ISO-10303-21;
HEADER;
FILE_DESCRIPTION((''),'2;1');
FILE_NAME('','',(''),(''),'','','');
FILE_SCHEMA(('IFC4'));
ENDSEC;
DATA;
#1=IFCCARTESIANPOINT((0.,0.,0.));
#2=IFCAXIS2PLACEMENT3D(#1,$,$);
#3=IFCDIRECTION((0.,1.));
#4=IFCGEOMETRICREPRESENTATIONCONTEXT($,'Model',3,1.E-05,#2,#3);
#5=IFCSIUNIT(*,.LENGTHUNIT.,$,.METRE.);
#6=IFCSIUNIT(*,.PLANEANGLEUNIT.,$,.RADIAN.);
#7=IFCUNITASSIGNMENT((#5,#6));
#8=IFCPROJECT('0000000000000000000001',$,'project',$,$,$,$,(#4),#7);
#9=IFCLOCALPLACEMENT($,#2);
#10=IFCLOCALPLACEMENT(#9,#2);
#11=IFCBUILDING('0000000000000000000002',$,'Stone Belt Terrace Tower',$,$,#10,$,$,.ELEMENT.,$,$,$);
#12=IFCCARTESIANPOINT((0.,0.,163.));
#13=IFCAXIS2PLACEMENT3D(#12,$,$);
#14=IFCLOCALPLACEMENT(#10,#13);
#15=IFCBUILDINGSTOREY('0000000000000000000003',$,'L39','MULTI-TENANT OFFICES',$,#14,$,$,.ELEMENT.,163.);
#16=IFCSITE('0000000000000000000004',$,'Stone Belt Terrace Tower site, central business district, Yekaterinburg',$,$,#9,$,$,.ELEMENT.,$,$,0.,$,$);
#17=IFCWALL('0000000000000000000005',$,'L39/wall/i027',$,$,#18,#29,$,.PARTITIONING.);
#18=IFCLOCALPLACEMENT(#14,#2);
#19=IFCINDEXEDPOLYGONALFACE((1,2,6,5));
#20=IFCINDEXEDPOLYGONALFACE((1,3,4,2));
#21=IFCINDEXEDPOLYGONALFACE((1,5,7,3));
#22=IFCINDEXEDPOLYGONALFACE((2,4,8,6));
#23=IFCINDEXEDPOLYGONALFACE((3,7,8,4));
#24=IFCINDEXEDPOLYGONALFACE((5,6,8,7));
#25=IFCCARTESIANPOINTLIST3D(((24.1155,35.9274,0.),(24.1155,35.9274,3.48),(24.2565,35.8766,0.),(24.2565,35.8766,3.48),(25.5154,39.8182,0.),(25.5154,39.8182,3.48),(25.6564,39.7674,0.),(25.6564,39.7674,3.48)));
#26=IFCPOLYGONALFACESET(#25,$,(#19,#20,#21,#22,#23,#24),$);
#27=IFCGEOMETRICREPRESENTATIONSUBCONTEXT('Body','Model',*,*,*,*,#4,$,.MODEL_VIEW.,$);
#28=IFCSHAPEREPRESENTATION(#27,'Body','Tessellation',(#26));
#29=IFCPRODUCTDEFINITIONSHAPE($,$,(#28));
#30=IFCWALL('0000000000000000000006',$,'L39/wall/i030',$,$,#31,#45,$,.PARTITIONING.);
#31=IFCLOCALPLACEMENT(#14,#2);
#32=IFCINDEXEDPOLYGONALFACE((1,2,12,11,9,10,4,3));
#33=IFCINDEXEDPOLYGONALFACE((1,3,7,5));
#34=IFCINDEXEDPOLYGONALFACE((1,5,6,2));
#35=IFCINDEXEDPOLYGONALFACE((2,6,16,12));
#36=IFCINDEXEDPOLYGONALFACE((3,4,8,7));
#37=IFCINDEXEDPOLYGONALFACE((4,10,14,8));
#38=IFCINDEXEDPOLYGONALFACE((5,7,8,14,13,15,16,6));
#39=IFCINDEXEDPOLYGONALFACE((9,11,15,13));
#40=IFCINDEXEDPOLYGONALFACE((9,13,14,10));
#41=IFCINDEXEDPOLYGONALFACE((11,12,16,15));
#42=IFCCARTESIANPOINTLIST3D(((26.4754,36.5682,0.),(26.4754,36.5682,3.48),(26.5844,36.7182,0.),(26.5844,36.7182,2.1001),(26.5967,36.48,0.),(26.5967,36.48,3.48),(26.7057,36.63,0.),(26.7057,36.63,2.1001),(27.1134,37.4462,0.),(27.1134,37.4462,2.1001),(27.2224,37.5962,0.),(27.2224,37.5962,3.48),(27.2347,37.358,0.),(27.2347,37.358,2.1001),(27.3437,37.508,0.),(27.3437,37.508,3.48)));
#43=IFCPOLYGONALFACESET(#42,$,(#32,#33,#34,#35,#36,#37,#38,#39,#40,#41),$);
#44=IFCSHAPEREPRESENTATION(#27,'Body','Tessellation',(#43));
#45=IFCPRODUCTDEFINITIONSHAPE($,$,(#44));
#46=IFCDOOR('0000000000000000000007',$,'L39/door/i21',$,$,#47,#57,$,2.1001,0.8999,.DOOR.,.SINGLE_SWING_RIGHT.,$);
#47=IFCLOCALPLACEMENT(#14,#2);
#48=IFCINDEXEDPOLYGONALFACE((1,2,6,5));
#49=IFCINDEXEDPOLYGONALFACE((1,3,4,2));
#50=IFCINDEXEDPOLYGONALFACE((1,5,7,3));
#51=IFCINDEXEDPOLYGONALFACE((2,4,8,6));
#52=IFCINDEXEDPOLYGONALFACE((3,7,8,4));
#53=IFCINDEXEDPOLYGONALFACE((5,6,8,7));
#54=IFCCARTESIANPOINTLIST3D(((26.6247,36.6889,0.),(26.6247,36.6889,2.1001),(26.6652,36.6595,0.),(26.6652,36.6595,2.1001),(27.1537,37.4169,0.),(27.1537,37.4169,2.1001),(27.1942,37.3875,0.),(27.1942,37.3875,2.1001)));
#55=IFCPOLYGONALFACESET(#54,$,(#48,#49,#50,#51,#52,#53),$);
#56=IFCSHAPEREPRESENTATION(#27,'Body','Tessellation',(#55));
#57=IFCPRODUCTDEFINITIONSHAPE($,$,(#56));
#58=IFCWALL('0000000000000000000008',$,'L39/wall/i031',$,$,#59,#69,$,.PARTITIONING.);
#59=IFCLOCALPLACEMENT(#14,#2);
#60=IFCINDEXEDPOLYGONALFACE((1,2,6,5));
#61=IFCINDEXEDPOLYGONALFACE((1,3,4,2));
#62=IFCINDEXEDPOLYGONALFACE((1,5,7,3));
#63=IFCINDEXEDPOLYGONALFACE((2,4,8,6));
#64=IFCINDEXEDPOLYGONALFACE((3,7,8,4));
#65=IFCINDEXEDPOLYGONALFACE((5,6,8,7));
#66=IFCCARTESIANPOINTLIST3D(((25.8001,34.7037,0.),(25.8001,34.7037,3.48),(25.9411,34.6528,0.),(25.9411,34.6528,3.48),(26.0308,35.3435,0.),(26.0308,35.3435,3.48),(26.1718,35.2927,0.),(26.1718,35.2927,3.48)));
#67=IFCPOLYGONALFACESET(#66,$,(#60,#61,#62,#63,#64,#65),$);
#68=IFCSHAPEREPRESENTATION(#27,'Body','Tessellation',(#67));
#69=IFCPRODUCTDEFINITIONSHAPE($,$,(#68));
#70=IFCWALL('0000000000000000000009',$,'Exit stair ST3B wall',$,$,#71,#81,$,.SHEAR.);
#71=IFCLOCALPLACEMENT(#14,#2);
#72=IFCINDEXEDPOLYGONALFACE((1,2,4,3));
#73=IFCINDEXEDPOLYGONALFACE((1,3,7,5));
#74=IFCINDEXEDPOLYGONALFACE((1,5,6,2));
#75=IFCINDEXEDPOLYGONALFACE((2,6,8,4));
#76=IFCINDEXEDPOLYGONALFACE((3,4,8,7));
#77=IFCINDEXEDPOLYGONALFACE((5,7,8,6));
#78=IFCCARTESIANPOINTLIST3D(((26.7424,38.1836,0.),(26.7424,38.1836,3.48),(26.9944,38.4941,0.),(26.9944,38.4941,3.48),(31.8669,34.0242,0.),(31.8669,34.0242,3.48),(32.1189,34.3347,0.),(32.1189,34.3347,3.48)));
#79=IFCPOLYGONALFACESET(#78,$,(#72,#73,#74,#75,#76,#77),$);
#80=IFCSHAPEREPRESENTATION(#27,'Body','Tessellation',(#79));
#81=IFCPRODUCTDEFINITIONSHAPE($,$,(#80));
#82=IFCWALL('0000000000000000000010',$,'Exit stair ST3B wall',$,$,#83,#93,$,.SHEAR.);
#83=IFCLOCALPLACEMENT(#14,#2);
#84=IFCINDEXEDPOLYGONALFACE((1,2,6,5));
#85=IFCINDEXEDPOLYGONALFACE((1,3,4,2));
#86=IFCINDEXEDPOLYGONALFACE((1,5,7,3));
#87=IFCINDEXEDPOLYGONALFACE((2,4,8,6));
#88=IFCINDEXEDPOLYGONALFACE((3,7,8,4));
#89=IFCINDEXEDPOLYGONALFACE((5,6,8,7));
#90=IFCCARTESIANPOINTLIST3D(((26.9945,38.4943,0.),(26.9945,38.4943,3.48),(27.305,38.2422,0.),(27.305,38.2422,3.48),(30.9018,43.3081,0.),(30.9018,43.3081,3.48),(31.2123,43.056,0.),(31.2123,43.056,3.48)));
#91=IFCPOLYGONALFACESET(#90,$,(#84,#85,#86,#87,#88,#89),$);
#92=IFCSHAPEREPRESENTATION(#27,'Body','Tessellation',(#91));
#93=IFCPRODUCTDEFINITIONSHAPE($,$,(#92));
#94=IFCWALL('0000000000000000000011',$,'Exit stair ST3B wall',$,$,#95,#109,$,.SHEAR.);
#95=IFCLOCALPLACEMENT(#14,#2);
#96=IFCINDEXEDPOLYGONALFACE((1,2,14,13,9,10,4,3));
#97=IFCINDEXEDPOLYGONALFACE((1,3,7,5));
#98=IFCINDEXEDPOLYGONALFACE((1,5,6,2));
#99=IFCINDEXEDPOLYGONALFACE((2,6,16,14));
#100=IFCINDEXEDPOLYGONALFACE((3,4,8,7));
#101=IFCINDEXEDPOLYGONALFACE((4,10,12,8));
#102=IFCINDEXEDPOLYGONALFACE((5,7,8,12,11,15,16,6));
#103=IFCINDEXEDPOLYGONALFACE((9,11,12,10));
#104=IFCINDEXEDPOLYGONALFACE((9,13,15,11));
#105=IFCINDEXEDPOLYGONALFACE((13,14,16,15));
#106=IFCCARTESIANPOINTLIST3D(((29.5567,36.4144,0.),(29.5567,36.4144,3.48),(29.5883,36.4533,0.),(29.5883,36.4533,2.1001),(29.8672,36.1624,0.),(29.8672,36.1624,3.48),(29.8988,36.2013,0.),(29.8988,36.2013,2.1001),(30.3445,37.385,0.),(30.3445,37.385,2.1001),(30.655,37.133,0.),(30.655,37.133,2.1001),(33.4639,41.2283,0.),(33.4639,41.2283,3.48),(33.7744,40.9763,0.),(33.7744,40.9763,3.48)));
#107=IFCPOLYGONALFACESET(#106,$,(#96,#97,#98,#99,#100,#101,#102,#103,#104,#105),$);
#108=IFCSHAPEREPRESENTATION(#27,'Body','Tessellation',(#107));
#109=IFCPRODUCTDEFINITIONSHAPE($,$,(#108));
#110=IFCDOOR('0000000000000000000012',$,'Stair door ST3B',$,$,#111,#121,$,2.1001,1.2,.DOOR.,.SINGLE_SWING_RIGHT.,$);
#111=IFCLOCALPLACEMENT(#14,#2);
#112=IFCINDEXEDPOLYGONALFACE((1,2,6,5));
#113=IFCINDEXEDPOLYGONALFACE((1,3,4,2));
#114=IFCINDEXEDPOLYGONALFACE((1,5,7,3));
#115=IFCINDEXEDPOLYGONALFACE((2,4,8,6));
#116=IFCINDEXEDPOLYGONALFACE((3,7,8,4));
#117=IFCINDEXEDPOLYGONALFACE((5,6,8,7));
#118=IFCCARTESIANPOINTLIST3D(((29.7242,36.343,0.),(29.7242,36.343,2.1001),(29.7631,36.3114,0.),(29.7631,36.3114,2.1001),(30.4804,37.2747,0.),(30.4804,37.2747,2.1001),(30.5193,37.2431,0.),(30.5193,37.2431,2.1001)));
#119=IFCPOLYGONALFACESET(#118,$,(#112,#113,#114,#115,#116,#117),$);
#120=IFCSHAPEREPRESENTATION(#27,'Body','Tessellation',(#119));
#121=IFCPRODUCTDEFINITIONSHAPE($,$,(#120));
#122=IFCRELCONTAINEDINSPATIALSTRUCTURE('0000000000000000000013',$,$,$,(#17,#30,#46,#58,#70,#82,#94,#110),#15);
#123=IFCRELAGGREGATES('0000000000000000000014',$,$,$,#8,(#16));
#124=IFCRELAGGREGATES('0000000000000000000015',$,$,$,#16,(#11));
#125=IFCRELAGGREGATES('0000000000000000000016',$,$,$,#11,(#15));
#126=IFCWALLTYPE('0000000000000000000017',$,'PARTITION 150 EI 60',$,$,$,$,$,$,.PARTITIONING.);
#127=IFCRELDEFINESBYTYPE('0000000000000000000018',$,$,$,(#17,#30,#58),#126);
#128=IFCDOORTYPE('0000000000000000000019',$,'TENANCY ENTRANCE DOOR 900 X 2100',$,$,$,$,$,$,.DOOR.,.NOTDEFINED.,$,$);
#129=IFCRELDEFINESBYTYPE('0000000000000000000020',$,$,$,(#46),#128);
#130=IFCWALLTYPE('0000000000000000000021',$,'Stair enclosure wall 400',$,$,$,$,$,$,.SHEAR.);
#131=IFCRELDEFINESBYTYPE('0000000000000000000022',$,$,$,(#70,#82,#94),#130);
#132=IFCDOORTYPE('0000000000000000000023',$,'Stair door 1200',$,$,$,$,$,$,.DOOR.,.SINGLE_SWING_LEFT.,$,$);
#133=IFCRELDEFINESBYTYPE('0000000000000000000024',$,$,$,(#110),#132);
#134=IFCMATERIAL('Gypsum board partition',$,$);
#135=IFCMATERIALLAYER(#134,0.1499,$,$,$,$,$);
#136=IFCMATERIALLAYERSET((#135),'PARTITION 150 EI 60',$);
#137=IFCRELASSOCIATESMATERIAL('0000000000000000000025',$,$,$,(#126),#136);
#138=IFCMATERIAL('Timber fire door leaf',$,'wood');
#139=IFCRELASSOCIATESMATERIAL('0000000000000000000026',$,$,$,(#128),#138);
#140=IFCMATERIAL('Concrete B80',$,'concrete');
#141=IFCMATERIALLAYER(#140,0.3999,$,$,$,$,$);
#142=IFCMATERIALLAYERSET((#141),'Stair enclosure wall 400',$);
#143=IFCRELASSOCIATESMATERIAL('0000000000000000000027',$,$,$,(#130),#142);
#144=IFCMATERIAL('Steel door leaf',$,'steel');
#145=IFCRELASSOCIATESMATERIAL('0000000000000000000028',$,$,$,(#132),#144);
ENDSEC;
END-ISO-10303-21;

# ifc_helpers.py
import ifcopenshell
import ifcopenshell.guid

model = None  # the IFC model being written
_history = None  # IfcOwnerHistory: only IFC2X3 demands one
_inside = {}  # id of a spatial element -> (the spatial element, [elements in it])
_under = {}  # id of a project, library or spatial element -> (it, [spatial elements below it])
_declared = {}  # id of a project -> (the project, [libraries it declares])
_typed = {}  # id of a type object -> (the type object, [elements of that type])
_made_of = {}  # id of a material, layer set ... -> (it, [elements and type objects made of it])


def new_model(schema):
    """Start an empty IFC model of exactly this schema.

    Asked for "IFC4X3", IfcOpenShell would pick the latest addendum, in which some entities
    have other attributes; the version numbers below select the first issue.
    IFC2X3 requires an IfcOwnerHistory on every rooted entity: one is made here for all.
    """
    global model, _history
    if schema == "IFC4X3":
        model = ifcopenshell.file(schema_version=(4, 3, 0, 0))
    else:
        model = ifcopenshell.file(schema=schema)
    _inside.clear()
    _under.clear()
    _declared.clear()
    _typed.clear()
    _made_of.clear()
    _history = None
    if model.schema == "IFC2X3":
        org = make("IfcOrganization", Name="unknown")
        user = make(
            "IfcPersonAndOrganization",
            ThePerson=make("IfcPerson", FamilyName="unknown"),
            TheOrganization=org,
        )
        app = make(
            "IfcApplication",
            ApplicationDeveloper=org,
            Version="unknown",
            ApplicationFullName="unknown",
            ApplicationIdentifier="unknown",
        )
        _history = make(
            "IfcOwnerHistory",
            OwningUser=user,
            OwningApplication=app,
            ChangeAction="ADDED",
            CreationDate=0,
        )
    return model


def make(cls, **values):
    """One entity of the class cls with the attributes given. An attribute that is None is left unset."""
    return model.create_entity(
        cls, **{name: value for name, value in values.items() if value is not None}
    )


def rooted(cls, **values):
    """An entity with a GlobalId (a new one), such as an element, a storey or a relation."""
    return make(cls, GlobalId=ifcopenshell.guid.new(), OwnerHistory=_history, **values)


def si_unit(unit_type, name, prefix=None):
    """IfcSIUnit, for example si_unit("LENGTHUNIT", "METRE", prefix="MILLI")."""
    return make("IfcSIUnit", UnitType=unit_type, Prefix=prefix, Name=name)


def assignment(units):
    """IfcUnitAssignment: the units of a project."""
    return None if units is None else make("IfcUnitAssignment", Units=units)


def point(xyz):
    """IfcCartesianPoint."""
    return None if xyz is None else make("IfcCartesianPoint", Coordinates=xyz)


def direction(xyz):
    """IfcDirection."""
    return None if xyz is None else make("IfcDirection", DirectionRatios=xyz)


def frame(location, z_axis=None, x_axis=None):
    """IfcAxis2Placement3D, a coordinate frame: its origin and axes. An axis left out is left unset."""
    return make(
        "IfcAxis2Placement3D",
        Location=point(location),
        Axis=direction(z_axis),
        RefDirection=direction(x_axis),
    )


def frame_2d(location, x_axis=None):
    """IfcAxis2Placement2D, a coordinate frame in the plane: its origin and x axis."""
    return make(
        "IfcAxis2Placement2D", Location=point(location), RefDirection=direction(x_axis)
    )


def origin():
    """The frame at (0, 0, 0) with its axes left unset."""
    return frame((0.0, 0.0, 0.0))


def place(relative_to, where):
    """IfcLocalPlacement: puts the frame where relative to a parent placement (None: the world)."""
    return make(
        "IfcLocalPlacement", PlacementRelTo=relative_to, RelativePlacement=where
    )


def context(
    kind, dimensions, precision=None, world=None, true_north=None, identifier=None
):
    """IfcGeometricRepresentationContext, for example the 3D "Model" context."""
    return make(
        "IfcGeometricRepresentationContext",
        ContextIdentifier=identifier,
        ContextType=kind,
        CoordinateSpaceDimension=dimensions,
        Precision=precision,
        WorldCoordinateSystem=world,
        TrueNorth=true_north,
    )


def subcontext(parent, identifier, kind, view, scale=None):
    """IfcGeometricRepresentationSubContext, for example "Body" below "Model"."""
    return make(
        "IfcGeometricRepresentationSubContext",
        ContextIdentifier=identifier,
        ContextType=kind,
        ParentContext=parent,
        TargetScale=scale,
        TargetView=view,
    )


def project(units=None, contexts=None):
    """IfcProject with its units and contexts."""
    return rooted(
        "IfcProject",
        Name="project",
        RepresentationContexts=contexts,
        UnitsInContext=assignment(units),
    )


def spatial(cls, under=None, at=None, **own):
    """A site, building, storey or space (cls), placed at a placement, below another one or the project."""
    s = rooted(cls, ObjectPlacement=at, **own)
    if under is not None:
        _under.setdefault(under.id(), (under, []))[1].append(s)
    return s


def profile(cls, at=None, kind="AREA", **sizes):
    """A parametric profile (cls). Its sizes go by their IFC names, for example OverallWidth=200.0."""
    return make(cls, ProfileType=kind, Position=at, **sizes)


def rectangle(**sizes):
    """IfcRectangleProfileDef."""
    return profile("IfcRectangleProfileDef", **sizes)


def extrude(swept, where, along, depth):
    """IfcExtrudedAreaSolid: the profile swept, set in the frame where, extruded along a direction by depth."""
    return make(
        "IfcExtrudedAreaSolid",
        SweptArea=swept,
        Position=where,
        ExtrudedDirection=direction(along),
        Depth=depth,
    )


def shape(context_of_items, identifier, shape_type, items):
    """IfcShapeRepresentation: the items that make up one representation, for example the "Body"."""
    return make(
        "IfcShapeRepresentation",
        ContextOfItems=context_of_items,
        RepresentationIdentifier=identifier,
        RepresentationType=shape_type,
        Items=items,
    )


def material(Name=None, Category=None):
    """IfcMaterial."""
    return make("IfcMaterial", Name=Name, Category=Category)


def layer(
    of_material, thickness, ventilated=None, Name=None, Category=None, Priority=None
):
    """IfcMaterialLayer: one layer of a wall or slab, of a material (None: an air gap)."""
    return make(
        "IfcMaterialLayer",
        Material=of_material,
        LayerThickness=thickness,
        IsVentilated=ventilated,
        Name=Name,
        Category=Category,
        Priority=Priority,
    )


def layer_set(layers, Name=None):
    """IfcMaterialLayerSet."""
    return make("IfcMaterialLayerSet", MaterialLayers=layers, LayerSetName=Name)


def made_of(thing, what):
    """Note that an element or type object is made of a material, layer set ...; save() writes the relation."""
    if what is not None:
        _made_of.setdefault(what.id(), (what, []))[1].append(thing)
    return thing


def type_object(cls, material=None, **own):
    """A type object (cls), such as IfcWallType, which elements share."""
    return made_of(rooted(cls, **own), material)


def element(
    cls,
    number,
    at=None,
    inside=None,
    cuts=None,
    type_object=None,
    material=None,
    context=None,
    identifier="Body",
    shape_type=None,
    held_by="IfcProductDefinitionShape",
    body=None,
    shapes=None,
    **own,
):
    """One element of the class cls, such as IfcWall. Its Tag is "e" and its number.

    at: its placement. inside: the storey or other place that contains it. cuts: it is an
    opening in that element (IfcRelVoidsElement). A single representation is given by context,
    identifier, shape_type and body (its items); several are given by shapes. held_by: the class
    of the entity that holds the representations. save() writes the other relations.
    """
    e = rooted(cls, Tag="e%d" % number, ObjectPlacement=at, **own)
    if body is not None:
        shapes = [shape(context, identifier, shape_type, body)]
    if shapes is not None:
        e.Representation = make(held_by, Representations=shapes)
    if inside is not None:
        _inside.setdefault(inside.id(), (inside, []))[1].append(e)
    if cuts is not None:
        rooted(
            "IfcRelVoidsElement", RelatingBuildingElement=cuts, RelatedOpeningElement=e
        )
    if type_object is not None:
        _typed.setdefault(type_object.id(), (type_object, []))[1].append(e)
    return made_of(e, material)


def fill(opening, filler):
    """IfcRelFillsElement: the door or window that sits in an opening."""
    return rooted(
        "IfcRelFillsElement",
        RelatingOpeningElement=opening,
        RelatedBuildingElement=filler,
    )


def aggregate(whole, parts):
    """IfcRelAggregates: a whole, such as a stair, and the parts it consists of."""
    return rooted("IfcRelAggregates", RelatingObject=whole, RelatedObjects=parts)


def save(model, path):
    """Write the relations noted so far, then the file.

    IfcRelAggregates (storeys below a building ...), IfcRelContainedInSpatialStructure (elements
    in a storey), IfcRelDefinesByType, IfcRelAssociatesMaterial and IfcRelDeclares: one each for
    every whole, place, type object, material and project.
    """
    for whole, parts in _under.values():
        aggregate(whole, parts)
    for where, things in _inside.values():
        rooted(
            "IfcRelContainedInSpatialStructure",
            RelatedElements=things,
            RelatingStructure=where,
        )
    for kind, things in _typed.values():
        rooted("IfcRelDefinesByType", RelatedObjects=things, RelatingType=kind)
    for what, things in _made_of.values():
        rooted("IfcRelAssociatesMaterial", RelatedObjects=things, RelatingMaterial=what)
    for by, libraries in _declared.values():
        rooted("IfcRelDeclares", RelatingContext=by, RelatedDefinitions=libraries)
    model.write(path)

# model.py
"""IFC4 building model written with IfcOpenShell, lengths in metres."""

from ifc_helpers import new_model, si_unit, direction, frame, frame_2d, origin, place, context, subcontext, project, spatial, rectangle, extrude, material, layer, layer_set, type_object, element, fill, save


model = new_model("IFC4")

# Units and contexts
model_context = context("Model", 3, precision=1e-05, world=origin(), true_north=direction((0.0, 1.0)))
body_context = subcontext(model_context, "Body", "Model", "MODEL_VIEW")
ifc_project = project(units=[si_unit("LENGTHUNIT", "METRE"), si_unit("PLANEANGLEUNIT", "RADIAN")], contexts=[model_context])

# Site, building, storey
site_placement = place(None, origin())
site = spatial("IfcSite", under=ifc_project, at=site_placement, Name="Stone Belt Terrace Tower site, central business district, Yekaterinburg", CompositionType="ELEMENT", RefElevation=0.0)
building_placement = place(site_placement, origin())
building = spatial("IfcBuilding", under=site, at=building_placement, Name="Stone Belt Terrace Tower", CompositionType="ELEMENT")
storey_placement = place(building_placement, frame((0.0, 0.0, 163.0)))
storey = spatial("IfcBuildingStorey", under=building, at=storey_placement, Name="L39", Description="MULTI-TENANT OFFICES", CompositionType="ELEMENT", Elevation=163.0)

# Shared definitions
ifc_material_1 = material(Name="Concrete B80", Category="concrete")

# Wall
ifc_material_2 = material(Name="Gypsum board partition")
ifc_layer_1 = layer(ifc_material_2, 0.1499)
ifc_layer_set_1 = layer_set([ifc_layer_1], Name="PARTITION 150 EI 60")
wall_type_1 = type_object("IfcWallType", Name="PARTITION 150 EI 60", PredefinedType="PARTITIONING", material=ifc_layer_set_1)
wall_1_placement = place(storey_placement, frame((24.186, 35.9021, 0.0), z_axis=(0.0, 0.0, 1.0), x_axis=(0.338546, 0.94095, 0.0)))
element("IfcWall", 1, at=wall_1_placement, inside=storey, type_object=wall_type_1, Name="L39/wall/i027", PredefinedType="PARTITIONING", context=body_context, shape_type="SweptSolid", body=[
    extrude(rectangle(XDim=4.135, YDim=0.1499, at=frame_2d((2.0674, 0.0))), origin(), (0.0, 0.0, 1.0), 3.48),
])

# Wall, opening, door
wall_2_placement = place(storey_placement, frame((27.283, 37.552, 0.0), z_axis=(0.0, 0.0, 1.0), x_axis=(-0.587852, -0.808969, 0.0)))
wall_2 = element("IfcWall", 2, at=wall_2_placement, inside=storey, type_object=wall_type_1, Name="L39/wall/i030", PredefinedType="PARTITIONING", context=body_context, shape_type="SweptSolid", body=[
    extrude(rectangle(XDim=1.2708, YDim=0.1499, at=frame_2d((0.6353, 0.0))), origin(), (0.0, 0.0, 1.0), 3.48),
])
opening_1_placement = place(wall_2_placement, frame((0.1853, 0.0, 0.0)))
opening_1 = element("IfcOpeningElement", 3, at=opening_1_placement, cuts=wall_2, PredefinedType="OPENING", context=body_context, shape_type="SweptSolid", body=[
    extrude(rectangle(XDim=0.8999, YDim=2.1001, at=frame_2d((0.45, 1.05))), frame((0.0, 0.085, 0.0), z_axis=(0.0, -1.0, 0.0), x_axis=(1.0, 0.0, 0.0)), (0.0, 0.0, 1.0), 0.1699),
])
ifc_material_3 = material(Name="Timber fire door leaf", Category="wood")
door_type_1 = type_object("IfcDoorType", Name="TENANCY ENTRANCE DOOR 900 X 2100", OperationType="NOTDEFINED", PredefinedType="DOOR", material=ifc_material_3)
door_1_placement = place(opening_1_placement, origin())
door_1 = element("IfcDoor", 4, at=door_1_placement, inside=storey, type_object=door_type_1, Name="L39/door/i21", OperationType="SINGLE_SWING_RIGHT", OverallHeight=2.1001, OverallWidth=0.8999, PredefinedType="DOOR", context=body_context, shape_type="SweptSolid", body=[
    extrude(rectangle(XDim=0.8999, YDim=2.1001, at=frame_2d((0.45, 1.05))), frame((0.0, 0.0249, 0.0), z_axis=(0.0, -1.0, 0.0), x_axis=(1.0, 0.0, 0.0)), (0.0, 0.0, 1.0), 0.05),
])
fill(opening_1, door_1)

# Walls
wall_3_placement = place(storey_placement, frame((26.1013, 35.3181, 0.0), z_axis=(0.0, 0.0, 1.0), x_axis=(-0.339177, -0.940723, 0.0)))
element("IfcWall", 5, at=wall_3_placement, inside=storey, type_object=wall_type_1, Name="L39/wall/i031", PredefinedType="PARTITIONING", context=body_context, shape_type="SweptSolid", body=[
    extrude(rectangle(XDim=0.6802, YDim=0.1499, at=frame_2d((0.3401, 0.0))), origin(), (0.0, 0.0, 1.0), 3.48),
])
ifc_layer_2 = layer(ifc_material_1, 0.3999)
ifc_layer_set_2 = layer_set([ifc_layer_2], Name="Stair enclosure wall 400")
wall_type_2 = type_object("IfcWallType", Name="Stair enclosure wall 400", PredefinedType="SHEAR", material=ifc_layer_set_2)
wall_4_placement = place(storey_placement, frame((26.8684, 38.3389, 0.0), z_axis=(0.0, 0.0, 1.0), x_axis=(0.776428, -0.630205, 0.0)))
element("IfcWall", 6, at=wall_4_placement, inside=storey, type_object=wall_type_2, Name="Exit stair ST3B wall", PredefinedType="SHEAR", context=body_context, shape_type="SweptSolid", body=[
    extrude(rectangle(XDim=6.6001, YDim=0.3999, at=frame_2d((3.3, 0.0))), origin(), (0.0, 0.0, 1.0), 3.48),
])
wall_5_placement = place(storey_placement, frame((27.1497, 38.3682, 0.0), z_axis=(0.0, 0.0, 1.0), x_axis=(0.630212, 0.776423, 0.0)))
element("IfcWall", 7, at=wall_5_placement, inside=storey, type_object=wall_type_2, Name="Exit stair ST3B wall", PredefinedType="SHEAR", context=body_context, shape_type="SweptSolid", body=[
    extrude(rectangle(XDim=6.2, YDim=0.3999, at=frame_2d((3.1001, 0.0))), origin(), (0.0, 0.0, 1.0), 3.48),
])

# Wall, opening, door
wall_6_placement = place(storey_placement, frame((29.7119, 36.2883, 0.0), z_axis=(0.0, 0.0, 1.0), x_axis=(0.630192, 0.776439, 0.0)))
wall_6 = element("IfcWall", 8, at=wall_6_placement, inside=storey, type_object=wall_type_2, Name="Exit stair ST3B wall", PredefinedType="SHEAR", context=body_context, shape_type="SweptSolid", body=[
    extrude(rectangle(XDim=6.2, YDim=0.3999, at=frame_2d((3.1001, 0.0))), origin(), (0.0, 0.0, 1.0), 3.48),
])
opening_2_placement = place(wall_6_placement, frame((0.05, 0.0, 0.0)))
opening_2 = element("IfcOpeningElement", 9, at=opening_2_placement, cuts=wall_6, PredefinedType="OPENING", context=body_context, shape_type="SweptSolid", body=[
    extrude(rectangle(XDim=1.2, YDim=2.1001, at=frame_2d((0.6001, 1.05))), frame((0.0, 0.21, 0.0), z_axis=(0.0, -1.0, 0.0), x_axis=(1.0, 0.0, 0.0)), (0.0, 0.0, 1.0), 0.4199),
])
ifc_material_4 = material(Name="Steel door leaf", Category="steel")
door_type_2 = type_object("IfcDoorType", Name="Stair door 1200", OperationType="SINGLE_SWING_LEFT", PredefinedType="DOOR", material=ifc_material_4)
door_2_placement = place(opening_2_placement, origin())
door_2 = element("IfcDoor", 10, at=door_2_placement, inside=storey, type_object=door_type_2, Name="Stair door ST3B", OperationType="SINGLE_SWING_RIGHT", OverallHeight=2.1001, OverallWidth=1.2, PredefinedType="DOOR", context=body_context, shape_type="SweptSolid", body=[
    extrude(rectangle(XDim=1.2, YDim=2.1001, at=frame_2d((0.6001, 1.05))), frame((0.0, 0.0249, 0.0), z_axis=(0.0, -1.0, 0.0), x_axis=(1.0, 0.0, 0.0)), (0.0, 0.0, 1.0), 0.05),
])
fill(opening_2, door_2)

save(model, "model.ifc")
